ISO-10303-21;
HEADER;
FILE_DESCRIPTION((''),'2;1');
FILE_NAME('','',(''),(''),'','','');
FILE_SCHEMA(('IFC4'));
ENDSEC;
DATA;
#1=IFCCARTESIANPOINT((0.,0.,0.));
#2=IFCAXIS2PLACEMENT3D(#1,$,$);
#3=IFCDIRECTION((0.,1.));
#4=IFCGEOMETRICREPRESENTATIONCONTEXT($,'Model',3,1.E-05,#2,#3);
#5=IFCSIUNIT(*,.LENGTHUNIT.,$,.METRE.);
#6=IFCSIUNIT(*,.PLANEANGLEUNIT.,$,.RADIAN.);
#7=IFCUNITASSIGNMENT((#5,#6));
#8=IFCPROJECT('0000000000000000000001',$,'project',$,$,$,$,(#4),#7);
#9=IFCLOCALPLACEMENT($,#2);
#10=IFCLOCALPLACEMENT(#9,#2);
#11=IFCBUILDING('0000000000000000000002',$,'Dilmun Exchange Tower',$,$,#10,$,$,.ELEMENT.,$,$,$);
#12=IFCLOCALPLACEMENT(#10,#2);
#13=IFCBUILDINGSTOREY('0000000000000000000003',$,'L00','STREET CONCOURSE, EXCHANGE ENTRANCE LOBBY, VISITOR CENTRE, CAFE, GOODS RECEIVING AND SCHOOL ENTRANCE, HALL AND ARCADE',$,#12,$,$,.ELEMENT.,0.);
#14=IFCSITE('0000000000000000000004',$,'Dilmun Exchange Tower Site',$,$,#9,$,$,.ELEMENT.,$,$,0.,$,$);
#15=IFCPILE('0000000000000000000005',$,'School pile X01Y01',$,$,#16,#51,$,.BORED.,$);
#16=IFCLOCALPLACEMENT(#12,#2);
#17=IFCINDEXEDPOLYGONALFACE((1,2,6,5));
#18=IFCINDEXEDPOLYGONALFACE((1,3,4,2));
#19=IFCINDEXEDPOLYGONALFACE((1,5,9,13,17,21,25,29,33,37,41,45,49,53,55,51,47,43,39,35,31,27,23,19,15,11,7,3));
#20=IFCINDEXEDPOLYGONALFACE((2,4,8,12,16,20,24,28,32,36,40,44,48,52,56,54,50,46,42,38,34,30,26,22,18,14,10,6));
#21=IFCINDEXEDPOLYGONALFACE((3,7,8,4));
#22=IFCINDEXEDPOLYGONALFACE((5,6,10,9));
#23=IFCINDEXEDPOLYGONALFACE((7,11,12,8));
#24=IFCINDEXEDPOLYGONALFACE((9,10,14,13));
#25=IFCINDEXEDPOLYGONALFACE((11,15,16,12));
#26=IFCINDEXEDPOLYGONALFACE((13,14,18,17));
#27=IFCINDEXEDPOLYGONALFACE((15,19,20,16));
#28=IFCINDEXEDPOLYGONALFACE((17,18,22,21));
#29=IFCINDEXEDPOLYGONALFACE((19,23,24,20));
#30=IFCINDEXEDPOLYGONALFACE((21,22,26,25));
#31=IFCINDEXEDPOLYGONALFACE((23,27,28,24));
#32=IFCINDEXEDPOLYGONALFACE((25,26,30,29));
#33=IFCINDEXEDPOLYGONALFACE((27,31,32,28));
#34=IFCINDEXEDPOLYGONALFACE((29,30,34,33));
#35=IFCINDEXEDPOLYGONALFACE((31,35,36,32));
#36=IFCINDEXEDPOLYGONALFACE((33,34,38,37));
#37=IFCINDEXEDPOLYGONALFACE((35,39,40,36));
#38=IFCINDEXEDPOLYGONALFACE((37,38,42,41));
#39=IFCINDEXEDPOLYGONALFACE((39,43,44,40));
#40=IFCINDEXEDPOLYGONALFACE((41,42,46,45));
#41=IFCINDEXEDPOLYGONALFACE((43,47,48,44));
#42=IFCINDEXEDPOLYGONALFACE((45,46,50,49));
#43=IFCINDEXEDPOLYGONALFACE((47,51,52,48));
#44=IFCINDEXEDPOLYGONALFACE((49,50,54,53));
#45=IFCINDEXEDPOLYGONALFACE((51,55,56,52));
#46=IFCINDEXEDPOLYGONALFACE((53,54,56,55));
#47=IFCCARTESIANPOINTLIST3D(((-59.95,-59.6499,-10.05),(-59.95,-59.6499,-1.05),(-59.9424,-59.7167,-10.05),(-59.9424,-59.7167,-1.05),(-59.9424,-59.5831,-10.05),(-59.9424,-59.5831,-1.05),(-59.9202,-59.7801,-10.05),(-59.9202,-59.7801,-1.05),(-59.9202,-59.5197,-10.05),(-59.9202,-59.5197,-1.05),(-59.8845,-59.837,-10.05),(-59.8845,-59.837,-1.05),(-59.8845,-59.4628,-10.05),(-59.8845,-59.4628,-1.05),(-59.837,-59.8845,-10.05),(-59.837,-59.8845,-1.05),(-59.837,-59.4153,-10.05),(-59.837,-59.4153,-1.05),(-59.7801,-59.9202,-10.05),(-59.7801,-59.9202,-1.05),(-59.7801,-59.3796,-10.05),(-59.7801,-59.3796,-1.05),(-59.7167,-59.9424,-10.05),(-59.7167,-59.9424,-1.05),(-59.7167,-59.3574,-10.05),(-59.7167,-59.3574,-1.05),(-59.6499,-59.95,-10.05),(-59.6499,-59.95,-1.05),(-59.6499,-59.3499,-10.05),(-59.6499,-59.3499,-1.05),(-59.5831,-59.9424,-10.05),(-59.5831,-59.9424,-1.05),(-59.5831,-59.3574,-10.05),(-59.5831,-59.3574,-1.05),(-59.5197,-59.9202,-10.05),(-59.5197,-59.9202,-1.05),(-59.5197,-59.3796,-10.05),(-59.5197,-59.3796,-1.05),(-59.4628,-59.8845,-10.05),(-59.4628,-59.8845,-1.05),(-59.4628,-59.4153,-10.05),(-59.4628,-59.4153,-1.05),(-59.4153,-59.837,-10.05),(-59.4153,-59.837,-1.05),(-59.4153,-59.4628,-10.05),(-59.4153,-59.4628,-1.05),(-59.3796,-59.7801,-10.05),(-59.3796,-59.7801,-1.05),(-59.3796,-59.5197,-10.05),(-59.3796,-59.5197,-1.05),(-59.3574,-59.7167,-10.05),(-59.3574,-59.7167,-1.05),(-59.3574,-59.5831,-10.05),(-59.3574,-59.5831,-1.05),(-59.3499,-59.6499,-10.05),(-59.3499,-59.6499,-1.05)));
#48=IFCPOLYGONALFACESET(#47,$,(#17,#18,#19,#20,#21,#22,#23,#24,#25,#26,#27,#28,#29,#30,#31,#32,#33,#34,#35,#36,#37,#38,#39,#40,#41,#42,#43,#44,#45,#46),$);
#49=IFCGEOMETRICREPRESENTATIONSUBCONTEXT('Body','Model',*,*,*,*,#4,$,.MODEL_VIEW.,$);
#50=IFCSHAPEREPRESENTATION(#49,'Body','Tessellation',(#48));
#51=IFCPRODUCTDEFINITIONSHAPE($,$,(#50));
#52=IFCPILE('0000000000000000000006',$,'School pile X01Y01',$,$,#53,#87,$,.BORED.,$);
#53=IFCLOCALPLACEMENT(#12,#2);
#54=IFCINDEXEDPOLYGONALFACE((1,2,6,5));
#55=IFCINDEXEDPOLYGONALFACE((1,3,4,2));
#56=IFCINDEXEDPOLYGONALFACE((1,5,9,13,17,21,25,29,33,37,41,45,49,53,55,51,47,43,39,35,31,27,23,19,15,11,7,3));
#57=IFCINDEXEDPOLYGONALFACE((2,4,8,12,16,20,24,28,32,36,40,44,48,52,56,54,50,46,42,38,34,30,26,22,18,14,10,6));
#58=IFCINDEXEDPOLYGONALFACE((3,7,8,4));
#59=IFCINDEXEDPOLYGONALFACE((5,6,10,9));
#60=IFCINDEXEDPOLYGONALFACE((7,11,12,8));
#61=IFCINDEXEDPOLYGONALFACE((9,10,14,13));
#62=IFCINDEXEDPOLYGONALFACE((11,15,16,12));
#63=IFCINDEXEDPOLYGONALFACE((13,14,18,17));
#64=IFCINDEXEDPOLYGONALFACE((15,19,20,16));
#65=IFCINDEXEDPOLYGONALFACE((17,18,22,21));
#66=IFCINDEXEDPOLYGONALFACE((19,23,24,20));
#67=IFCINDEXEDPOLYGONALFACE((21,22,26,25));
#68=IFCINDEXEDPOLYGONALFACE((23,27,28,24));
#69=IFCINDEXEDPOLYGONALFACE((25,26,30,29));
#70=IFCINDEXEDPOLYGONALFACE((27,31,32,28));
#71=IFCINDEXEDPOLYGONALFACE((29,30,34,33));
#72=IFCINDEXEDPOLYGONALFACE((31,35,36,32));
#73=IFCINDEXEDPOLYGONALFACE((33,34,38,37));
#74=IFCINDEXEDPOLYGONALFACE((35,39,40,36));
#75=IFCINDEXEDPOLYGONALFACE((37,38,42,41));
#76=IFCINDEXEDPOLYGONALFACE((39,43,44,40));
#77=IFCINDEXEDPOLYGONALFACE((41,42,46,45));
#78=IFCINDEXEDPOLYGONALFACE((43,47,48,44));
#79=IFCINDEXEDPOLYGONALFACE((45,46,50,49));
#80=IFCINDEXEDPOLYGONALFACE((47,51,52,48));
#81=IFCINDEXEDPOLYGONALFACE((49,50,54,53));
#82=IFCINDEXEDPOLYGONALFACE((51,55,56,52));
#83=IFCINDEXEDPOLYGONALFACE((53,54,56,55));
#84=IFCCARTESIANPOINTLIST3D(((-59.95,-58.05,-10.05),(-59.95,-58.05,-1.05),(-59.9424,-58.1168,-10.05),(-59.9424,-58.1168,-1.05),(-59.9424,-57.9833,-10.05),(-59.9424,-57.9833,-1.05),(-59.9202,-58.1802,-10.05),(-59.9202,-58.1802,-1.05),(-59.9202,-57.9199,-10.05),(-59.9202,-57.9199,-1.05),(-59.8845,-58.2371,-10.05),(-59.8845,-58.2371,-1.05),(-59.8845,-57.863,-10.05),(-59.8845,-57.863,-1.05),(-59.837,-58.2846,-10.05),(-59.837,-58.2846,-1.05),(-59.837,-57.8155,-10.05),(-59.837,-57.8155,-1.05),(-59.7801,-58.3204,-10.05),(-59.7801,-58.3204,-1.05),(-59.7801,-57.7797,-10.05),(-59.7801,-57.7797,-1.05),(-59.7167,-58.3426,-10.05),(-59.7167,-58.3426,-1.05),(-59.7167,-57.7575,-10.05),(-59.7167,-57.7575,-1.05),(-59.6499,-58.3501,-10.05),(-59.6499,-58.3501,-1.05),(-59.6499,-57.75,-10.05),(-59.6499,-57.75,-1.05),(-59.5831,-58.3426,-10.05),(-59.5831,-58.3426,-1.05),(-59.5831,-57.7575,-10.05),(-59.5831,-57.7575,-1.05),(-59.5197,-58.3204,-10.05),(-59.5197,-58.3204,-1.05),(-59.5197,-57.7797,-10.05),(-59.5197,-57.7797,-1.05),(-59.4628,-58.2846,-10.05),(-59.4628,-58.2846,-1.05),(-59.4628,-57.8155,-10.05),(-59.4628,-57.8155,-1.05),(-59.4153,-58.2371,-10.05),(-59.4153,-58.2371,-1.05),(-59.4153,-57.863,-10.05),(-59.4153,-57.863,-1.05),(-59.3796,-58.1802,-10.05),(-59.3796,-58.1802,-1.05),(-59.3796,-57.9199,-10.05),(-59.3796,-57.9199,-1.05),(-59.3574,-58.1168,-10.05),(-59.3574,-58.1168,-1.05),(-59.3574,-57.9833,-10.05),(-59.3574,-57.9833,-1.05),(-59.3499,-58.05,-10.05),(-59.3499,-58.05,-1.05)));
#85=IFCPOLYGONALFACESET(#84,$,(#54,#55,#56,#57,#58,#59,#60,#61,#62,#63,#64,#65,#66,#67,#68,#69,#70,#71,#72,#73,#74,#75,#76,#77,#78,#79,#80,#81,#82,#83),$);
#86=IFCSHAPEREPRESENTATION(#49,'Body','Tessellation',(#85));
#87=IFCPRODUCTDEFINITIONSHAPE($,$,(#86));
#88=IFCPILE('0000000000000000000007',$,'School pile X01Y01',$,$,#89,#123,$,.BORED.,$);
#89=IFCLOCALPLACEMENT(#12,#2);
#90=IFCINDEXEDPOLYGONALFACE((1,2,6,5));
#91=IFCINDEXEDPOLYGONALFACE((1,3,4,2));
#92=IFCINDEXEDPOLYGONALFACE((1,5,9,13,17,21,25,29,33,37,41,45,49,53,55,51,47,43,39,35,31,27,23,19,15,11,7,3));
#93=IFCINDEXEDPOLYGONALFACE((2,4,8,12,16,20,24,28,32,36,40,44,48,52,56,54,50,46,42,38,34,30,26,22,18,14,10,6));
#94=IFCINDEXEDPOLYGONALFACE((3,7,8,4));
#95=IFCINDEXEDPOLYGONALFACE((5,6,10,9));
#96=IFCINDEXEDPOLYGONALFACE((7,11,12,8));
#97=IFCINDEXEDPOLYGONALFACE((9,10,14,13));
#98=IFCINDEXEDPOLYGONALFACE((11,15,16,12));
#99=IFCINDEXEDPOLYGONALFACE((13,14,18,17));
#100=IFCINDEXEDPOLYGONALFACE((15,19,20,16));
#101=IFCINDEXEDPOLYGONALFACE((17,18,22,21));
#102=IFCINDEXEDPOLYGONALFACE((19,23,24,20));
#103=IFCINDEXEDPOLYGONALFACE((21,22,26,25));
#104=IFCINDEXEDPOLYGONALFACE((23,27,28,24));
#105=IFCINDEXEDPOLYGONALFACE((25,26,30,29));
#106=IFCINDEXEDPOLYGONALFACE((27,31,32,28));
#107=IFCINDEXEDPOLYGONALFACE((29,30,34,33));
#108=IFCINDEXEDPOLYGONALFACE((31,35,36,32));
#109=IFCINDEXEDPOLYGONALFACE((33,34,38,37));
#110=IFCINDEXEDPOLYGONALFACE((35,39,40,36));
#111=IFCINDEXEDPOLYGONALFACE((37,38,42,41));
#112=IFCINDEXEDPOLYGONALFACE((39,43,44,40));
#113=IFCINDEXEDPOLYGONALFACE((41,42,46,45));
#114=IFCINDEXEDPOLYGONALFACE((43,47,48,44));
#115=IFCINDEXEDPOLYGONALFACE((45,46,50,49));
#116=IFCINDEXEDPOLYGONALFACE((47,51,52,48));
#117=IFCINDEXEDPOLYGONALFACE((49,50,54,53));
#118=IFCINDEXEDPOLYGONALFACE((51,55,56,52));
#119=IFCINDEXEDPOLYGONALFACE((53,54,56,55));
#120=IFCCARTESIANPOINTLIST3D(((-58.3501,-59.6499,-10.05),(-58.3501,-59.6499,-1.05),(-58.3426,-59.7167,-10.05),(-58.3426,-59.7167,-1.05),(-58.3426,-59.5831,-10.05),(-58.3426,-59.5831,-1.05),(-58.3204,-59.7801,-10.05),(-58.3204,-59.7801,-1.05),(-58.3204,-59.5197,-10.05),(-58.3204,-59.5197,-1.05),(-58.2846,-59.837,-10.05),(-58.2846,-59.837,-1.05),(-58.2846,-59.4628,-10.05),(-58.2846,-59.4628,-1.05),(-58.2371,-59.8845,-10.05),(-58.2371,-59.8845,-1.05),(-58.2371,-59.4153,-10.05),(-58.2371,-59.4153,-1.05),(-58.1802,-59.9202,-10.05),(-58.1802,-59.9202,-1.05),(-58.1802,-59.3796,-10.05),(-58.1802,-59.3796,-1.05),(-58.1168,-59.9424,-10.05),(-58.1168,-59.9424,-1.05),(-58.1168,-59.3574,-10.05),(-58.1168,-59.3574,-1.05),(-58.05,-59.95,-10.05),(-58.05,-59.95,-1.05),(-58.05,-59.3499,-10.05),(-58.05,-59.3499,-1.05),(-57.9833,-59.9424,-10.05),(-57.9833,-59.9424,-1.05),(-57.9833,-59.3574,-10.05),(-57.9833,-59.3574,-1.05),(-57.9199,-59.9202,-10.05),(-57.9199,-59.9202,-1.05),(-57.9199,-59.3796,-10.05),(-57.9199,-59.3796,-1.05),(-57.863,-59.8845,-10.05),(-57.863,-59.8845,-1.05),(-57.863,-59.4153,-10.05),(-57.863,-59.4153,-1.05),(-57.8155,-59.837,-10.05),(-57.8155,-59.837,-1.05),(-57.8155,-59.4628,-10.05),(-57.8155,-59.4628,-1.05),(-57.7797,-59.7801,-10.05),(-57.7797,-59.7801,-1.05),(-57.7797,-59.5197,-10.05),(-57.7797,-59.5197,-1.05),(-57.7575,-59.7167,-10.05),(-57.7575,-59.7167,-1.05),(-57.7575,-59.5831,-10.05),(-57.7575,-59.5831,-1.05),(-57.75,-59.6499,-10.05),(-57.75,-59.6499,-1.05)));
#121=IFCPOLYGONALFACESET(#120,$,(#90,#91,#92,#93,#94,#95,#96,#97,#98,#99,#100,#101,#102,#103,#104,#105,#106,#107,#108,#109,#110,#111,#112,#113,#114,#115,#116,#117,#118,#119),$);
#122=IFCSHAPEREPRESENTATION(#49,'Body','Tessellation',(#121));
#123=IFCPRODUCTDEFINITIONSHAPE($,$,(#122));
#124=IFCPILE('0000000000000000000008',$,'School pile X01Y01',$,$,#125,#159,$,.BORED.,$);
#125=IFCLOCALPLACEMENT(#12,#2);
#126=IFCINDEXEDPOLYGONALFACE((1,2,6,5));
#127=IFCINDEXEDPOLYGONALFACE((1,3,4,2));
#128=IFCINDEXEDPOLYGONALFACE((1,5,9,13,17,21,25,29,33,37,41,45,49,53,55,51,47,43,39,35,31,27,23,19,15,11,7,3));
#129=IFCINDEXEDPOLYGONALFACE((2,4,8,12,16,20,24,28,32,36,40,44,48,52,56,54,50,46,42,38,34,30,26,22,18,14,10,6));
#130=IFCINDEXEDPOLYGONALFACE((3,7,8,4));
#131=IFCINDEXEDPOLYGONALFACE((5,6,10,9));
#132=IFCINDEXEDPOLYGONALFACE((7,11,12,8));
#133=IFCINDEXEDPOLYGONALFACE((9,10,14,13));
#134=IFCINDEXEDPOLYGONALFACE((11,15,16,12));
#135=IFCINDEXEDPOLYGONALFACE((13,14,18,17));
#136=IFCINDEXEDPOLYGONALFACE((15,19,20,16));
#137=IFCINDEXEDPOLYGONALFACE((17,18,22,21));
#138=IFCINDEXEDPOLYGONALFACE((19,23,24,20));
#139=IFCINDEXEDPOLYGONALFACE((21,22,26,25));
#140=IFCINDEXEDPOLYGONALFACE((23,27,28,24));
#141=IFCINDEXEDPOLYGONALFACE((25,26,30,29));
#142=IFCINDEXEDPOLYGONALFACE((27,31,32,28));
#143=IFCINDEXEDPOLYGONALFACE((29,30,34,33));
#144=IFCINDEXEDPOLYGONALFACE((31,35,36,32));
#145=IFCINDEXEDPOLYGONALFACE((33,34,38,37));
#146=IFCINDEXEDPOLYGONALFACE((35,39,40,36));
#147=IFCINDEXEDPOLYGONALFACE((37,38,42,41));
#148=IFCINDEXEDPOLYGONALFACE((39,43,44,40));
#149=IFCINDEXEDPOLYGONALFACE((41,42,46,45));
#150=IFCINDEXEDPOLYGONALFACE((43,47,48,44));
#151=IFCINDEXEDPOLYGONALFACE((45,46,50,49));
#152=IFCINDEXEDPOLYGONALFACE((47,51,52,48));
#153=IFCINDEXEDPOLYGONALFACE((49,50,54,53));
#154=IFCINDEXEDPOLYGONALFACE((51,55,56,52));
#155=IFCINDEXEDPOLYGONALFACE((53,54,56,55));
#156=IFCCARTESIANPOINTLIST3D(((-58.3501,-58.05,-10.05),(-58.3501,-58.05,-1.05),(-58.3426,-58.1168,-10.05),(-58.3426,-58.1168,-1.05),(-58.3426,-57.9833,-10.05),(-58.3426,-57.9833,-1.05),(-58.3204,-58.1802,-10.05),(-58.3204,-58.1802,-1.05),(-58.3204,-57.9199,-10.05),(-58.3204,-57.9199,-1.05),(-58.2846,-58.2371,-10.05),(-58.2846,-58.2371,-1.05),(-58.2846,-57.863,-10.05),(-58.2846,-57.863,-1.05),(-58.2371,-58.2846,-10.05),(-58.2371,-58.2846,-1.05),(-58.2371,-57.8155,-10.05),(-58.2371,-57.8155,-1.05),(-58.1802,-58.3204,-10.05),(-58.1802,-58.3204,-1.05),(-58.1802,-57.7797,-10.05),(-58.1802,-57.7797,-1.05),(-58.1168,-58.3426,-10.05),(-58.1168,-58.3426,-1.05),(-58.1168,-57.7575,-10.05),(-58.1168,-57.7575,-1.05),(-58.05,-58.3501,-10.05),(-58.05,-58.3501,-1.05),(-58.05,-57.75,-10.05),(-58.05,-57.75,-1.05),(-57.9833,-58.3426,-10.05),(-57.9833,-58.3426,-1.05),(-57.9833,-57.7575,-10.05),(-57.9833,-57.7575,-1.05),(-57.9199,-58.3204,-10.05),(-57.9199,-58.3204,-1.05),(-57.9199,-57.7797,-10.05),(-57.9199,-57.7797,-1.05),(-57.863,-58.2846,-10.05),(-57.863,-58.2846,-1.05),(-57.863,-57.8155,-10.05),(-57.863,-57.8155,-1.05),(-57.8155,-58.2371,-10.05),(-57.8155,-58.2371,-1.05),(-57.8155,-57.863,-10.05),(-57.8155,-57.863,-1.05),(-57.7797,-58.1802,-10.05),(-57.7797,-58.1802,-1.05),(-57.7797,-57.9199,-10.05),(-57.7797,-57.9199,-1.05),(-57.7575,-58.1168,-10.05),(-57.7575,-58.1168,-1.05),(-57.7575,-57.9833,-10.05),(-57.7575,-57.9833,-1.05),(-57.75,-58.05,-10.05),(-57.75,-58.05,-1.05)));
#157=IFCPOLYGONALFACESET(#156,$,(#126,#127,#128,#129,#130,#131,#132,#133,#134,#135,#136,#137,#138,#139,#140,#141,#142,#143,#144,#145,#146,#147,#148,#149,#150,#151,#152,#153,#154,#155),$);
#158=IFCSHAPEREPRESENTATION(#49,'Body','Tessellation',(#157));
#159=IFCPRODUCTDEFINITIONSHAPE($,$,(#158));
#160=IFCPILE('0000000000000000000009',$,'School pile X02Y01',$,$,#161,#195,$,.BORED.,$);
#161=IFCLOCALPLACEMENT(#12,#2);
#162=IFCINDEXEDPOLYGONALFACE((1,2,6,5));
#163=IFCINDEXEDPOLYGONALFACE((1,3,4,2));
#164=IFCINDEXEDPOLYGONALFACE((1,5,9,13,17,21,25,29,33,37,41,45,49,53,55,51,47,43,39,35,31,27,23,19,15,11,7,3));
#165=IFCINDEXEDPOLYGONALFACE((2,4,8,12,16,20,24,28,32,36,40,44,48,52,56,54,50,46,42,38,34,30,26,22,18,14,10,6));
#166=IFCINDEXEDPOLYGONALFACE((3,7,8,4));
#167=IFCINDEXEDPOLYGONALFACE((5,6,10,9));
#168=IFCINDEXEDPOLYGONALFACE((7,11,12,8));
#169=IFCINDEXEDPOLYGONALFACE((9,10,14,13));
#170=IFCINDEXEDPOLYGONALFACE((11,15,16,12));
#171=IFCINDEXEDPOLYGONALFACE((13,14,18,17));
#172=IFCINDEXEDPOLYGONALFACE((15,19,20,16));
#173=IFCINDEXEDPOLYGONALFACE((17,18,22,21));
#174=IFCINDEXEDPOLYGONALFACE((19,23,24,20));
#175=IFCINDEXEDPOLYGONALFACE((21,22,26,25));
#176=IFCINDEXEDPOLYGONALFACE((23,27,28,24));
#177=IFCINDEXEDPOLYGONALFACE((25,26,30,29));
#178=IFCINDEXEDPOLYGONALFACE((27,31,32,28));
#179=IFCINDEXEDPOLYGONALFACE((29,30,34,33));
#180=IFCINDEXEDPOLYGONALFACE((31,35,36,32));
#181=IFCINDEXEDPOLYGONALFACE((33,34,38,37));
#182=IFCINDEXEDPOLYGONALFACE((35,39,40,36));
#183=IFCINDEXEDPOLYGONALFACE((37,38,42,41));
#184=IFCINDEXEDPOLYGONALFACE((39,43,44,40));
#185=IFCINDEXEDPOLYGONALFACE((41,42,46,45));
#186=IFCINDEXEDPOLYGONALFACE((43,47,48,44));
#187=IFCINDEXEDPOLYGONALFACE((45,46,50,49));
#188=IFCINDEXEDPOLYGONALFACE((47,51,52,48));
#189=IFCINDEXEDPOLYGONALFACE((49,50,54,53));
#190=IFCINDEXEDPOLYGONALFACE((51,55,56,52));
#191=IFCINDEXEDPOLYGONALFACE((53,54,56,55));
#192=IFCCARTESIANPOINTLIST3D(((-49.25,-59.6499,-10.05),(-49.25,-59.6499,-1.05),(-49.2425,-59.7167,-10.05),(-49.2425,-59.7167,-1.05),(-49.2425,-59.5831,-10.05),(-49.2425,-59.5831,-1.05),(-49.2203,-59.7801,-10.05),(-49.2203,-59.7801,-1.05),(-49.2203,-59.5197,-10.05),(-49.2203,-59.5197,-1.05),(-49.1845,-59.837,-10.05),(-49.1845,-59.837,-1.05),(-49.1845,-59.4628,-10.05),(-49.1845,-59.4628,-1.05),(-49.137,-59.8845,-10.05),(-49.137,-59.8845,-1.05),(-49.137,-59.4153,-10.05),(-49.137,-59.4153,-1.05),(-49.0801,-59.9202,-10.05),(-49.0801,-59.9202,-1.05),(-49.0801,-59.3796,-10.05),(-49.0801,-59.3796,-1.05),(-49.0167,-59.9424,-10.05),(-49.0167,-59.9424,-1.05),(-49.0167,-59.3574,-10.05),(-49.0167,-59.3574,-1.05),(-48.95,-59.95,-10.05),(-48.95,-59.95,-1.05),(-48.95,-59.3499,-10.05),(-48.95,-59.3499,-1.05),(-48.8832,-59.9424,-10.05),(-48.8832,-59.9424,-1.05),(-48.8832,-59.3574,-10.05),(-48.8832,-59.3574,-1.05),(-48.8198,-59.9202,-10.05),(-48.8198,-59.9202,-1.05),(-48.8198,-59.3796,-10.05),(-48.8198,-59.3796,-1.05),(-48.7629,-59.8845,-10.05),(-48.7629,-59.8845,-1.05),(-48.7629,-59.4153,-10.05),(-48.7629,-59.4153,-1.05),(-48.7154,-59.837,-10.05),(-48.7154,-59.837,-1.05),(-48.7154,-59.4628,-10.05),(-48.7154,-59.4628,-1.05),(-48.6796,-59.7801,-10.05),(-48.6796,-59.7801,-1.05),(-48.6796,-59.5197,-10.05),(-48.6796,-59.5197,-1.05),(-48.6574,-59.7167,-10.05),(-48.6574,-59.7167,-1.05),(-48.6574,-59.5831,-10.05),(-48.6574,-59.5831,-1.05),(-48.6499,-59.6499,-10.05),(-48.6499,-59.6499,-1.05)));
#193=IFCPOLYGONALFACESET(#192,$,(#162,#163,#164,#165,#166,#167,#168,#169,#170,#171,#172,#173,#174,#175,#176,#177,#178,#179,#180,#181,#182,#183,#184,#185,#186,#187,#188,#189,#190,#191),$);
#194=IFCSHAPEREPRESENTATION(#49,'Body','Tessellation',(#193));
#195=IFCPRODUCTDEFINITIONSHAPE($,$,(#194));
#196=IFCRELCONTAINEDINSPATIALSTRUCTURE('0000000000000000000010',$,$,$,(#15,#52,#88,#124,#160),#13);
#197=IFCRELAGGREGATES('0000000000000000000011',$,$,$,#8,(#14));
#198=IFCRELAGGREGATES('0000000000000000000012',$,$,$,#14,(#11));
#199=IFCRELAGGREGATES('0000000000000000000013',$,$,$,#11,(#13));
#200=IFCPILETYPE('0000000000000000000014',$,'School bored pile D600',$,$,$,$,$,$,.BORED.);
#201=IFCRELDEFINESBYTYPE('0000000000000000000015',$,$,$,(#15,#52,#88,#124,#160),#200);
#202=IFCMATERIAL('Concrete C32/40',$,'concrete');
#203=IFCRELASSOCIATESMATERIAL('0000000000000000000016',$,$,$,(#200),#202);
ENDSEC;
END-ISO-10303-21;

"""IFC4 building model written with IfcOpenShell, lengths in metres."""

from ifc_helpers import new_model, si_unit, direction, frame, origin, origin_2d, place, context, subcontext, project, spatial, circle, extrude, material, material_profile, profile_set, type_object, element, save


model = new_model("IFC4")

# Units and contexts
model_context = context("Model", 3, precision=1e-05, world=origin(), true_north=direction((0.0, 1.0)))
body_context = subcontext(model_context, "Body", "Model", "MODEL_VIEW")
ifc_project = project(units=[si_unit("LENGTHUNIT", "METRE"), si_unit("PLANEANGLEUNIT", "RADIAN")], contexts=[model_context])

# Site, building, storey
site_placement = place(None, origin())
site = spatial("IfcSite", under=ifc_project, at=site_placement, Name="Dilmun Exchange Tower Site", CompositionType="ELEMENT", RefElevation=0.0)
building_placement = place(site_placement, origin())
building = spatial("IfcBuilding", under=site, at=building_placement, Name="Dilmun Exchange Tower", CompositionType="ELEMENT")
storey_placement = place(building_placement, origin())
storey = spatial("IfcBuildingStorey", under=building, at=storey_placement, Name="L00", Description="STREET CONCOURSE, EXCHANGE ENTRANCE LOBBY, VISITOR CENTRE, CAFE, GOODS RECEIVING AND SCHOOL ENTRANCE, HALL AND ARCADE", CompositionType="ELEMENT", Elevation=0.0)

# Piles
ifc_material_1 = material(Name="Concrete C32/40", Category="concrete")
ifc_material_profile_1 = material_profile(ifc_material_1, circle(Radius=0.3, at=origin_2d()), Name="D600")
ifc_profile_set_1 = profile_set([ifc_material_profile_1], Name="Concrete C32/40")
pile_type = type_object("IfcPileType", Name="School bored pile D600", PredefinedType="BORED", material=ifc_profile_set_1)
for number, where, z_axis, x_axis, name in (
    (1, (-59.6499, -59.6499, -1.05), (0.0, 0.0, -1.0), (1.0, 0.0, 0.0), "School pile X01Y01"),
    (2, (-59.6499, -58.05, -1.05), (0.0, 0.0, -1.0), (1.0, 0.0, 0.0), "School pile X01Y01"),
    (3, (-58.05, -59.6499, -1.05), (0.0, 0.0, -1.0), (1.0, 0.0, 0.0), "School pile X01Y01"),
    (4, (-58.05, -58.05, -1.05), (0.0, 0.0, -1.0), (1.0, 0.0, 0.0), "School pile X01Y01"),
    (5, (-48.95, -59.6499, -1.05), (0.0, 0.0, -1.0), (1.0, 0.0, 0.0), "School pile X02Y01"),
):
    element("IfcPile", number, at=place(storey_placement, frame(where, z_axis=z_axis, x_axis=x_axis)), inside=storey, type_object=pile_type, Name=name, PredefinedType="BORED", context=body_context, shape_type="SweptSolid", body=[
        extrude(circle(Radius=0.3, at=origin_2d()), origin(), (0.0, 0.0, 1.0), 9.0),
    ])

save(model, "model.ifc")
